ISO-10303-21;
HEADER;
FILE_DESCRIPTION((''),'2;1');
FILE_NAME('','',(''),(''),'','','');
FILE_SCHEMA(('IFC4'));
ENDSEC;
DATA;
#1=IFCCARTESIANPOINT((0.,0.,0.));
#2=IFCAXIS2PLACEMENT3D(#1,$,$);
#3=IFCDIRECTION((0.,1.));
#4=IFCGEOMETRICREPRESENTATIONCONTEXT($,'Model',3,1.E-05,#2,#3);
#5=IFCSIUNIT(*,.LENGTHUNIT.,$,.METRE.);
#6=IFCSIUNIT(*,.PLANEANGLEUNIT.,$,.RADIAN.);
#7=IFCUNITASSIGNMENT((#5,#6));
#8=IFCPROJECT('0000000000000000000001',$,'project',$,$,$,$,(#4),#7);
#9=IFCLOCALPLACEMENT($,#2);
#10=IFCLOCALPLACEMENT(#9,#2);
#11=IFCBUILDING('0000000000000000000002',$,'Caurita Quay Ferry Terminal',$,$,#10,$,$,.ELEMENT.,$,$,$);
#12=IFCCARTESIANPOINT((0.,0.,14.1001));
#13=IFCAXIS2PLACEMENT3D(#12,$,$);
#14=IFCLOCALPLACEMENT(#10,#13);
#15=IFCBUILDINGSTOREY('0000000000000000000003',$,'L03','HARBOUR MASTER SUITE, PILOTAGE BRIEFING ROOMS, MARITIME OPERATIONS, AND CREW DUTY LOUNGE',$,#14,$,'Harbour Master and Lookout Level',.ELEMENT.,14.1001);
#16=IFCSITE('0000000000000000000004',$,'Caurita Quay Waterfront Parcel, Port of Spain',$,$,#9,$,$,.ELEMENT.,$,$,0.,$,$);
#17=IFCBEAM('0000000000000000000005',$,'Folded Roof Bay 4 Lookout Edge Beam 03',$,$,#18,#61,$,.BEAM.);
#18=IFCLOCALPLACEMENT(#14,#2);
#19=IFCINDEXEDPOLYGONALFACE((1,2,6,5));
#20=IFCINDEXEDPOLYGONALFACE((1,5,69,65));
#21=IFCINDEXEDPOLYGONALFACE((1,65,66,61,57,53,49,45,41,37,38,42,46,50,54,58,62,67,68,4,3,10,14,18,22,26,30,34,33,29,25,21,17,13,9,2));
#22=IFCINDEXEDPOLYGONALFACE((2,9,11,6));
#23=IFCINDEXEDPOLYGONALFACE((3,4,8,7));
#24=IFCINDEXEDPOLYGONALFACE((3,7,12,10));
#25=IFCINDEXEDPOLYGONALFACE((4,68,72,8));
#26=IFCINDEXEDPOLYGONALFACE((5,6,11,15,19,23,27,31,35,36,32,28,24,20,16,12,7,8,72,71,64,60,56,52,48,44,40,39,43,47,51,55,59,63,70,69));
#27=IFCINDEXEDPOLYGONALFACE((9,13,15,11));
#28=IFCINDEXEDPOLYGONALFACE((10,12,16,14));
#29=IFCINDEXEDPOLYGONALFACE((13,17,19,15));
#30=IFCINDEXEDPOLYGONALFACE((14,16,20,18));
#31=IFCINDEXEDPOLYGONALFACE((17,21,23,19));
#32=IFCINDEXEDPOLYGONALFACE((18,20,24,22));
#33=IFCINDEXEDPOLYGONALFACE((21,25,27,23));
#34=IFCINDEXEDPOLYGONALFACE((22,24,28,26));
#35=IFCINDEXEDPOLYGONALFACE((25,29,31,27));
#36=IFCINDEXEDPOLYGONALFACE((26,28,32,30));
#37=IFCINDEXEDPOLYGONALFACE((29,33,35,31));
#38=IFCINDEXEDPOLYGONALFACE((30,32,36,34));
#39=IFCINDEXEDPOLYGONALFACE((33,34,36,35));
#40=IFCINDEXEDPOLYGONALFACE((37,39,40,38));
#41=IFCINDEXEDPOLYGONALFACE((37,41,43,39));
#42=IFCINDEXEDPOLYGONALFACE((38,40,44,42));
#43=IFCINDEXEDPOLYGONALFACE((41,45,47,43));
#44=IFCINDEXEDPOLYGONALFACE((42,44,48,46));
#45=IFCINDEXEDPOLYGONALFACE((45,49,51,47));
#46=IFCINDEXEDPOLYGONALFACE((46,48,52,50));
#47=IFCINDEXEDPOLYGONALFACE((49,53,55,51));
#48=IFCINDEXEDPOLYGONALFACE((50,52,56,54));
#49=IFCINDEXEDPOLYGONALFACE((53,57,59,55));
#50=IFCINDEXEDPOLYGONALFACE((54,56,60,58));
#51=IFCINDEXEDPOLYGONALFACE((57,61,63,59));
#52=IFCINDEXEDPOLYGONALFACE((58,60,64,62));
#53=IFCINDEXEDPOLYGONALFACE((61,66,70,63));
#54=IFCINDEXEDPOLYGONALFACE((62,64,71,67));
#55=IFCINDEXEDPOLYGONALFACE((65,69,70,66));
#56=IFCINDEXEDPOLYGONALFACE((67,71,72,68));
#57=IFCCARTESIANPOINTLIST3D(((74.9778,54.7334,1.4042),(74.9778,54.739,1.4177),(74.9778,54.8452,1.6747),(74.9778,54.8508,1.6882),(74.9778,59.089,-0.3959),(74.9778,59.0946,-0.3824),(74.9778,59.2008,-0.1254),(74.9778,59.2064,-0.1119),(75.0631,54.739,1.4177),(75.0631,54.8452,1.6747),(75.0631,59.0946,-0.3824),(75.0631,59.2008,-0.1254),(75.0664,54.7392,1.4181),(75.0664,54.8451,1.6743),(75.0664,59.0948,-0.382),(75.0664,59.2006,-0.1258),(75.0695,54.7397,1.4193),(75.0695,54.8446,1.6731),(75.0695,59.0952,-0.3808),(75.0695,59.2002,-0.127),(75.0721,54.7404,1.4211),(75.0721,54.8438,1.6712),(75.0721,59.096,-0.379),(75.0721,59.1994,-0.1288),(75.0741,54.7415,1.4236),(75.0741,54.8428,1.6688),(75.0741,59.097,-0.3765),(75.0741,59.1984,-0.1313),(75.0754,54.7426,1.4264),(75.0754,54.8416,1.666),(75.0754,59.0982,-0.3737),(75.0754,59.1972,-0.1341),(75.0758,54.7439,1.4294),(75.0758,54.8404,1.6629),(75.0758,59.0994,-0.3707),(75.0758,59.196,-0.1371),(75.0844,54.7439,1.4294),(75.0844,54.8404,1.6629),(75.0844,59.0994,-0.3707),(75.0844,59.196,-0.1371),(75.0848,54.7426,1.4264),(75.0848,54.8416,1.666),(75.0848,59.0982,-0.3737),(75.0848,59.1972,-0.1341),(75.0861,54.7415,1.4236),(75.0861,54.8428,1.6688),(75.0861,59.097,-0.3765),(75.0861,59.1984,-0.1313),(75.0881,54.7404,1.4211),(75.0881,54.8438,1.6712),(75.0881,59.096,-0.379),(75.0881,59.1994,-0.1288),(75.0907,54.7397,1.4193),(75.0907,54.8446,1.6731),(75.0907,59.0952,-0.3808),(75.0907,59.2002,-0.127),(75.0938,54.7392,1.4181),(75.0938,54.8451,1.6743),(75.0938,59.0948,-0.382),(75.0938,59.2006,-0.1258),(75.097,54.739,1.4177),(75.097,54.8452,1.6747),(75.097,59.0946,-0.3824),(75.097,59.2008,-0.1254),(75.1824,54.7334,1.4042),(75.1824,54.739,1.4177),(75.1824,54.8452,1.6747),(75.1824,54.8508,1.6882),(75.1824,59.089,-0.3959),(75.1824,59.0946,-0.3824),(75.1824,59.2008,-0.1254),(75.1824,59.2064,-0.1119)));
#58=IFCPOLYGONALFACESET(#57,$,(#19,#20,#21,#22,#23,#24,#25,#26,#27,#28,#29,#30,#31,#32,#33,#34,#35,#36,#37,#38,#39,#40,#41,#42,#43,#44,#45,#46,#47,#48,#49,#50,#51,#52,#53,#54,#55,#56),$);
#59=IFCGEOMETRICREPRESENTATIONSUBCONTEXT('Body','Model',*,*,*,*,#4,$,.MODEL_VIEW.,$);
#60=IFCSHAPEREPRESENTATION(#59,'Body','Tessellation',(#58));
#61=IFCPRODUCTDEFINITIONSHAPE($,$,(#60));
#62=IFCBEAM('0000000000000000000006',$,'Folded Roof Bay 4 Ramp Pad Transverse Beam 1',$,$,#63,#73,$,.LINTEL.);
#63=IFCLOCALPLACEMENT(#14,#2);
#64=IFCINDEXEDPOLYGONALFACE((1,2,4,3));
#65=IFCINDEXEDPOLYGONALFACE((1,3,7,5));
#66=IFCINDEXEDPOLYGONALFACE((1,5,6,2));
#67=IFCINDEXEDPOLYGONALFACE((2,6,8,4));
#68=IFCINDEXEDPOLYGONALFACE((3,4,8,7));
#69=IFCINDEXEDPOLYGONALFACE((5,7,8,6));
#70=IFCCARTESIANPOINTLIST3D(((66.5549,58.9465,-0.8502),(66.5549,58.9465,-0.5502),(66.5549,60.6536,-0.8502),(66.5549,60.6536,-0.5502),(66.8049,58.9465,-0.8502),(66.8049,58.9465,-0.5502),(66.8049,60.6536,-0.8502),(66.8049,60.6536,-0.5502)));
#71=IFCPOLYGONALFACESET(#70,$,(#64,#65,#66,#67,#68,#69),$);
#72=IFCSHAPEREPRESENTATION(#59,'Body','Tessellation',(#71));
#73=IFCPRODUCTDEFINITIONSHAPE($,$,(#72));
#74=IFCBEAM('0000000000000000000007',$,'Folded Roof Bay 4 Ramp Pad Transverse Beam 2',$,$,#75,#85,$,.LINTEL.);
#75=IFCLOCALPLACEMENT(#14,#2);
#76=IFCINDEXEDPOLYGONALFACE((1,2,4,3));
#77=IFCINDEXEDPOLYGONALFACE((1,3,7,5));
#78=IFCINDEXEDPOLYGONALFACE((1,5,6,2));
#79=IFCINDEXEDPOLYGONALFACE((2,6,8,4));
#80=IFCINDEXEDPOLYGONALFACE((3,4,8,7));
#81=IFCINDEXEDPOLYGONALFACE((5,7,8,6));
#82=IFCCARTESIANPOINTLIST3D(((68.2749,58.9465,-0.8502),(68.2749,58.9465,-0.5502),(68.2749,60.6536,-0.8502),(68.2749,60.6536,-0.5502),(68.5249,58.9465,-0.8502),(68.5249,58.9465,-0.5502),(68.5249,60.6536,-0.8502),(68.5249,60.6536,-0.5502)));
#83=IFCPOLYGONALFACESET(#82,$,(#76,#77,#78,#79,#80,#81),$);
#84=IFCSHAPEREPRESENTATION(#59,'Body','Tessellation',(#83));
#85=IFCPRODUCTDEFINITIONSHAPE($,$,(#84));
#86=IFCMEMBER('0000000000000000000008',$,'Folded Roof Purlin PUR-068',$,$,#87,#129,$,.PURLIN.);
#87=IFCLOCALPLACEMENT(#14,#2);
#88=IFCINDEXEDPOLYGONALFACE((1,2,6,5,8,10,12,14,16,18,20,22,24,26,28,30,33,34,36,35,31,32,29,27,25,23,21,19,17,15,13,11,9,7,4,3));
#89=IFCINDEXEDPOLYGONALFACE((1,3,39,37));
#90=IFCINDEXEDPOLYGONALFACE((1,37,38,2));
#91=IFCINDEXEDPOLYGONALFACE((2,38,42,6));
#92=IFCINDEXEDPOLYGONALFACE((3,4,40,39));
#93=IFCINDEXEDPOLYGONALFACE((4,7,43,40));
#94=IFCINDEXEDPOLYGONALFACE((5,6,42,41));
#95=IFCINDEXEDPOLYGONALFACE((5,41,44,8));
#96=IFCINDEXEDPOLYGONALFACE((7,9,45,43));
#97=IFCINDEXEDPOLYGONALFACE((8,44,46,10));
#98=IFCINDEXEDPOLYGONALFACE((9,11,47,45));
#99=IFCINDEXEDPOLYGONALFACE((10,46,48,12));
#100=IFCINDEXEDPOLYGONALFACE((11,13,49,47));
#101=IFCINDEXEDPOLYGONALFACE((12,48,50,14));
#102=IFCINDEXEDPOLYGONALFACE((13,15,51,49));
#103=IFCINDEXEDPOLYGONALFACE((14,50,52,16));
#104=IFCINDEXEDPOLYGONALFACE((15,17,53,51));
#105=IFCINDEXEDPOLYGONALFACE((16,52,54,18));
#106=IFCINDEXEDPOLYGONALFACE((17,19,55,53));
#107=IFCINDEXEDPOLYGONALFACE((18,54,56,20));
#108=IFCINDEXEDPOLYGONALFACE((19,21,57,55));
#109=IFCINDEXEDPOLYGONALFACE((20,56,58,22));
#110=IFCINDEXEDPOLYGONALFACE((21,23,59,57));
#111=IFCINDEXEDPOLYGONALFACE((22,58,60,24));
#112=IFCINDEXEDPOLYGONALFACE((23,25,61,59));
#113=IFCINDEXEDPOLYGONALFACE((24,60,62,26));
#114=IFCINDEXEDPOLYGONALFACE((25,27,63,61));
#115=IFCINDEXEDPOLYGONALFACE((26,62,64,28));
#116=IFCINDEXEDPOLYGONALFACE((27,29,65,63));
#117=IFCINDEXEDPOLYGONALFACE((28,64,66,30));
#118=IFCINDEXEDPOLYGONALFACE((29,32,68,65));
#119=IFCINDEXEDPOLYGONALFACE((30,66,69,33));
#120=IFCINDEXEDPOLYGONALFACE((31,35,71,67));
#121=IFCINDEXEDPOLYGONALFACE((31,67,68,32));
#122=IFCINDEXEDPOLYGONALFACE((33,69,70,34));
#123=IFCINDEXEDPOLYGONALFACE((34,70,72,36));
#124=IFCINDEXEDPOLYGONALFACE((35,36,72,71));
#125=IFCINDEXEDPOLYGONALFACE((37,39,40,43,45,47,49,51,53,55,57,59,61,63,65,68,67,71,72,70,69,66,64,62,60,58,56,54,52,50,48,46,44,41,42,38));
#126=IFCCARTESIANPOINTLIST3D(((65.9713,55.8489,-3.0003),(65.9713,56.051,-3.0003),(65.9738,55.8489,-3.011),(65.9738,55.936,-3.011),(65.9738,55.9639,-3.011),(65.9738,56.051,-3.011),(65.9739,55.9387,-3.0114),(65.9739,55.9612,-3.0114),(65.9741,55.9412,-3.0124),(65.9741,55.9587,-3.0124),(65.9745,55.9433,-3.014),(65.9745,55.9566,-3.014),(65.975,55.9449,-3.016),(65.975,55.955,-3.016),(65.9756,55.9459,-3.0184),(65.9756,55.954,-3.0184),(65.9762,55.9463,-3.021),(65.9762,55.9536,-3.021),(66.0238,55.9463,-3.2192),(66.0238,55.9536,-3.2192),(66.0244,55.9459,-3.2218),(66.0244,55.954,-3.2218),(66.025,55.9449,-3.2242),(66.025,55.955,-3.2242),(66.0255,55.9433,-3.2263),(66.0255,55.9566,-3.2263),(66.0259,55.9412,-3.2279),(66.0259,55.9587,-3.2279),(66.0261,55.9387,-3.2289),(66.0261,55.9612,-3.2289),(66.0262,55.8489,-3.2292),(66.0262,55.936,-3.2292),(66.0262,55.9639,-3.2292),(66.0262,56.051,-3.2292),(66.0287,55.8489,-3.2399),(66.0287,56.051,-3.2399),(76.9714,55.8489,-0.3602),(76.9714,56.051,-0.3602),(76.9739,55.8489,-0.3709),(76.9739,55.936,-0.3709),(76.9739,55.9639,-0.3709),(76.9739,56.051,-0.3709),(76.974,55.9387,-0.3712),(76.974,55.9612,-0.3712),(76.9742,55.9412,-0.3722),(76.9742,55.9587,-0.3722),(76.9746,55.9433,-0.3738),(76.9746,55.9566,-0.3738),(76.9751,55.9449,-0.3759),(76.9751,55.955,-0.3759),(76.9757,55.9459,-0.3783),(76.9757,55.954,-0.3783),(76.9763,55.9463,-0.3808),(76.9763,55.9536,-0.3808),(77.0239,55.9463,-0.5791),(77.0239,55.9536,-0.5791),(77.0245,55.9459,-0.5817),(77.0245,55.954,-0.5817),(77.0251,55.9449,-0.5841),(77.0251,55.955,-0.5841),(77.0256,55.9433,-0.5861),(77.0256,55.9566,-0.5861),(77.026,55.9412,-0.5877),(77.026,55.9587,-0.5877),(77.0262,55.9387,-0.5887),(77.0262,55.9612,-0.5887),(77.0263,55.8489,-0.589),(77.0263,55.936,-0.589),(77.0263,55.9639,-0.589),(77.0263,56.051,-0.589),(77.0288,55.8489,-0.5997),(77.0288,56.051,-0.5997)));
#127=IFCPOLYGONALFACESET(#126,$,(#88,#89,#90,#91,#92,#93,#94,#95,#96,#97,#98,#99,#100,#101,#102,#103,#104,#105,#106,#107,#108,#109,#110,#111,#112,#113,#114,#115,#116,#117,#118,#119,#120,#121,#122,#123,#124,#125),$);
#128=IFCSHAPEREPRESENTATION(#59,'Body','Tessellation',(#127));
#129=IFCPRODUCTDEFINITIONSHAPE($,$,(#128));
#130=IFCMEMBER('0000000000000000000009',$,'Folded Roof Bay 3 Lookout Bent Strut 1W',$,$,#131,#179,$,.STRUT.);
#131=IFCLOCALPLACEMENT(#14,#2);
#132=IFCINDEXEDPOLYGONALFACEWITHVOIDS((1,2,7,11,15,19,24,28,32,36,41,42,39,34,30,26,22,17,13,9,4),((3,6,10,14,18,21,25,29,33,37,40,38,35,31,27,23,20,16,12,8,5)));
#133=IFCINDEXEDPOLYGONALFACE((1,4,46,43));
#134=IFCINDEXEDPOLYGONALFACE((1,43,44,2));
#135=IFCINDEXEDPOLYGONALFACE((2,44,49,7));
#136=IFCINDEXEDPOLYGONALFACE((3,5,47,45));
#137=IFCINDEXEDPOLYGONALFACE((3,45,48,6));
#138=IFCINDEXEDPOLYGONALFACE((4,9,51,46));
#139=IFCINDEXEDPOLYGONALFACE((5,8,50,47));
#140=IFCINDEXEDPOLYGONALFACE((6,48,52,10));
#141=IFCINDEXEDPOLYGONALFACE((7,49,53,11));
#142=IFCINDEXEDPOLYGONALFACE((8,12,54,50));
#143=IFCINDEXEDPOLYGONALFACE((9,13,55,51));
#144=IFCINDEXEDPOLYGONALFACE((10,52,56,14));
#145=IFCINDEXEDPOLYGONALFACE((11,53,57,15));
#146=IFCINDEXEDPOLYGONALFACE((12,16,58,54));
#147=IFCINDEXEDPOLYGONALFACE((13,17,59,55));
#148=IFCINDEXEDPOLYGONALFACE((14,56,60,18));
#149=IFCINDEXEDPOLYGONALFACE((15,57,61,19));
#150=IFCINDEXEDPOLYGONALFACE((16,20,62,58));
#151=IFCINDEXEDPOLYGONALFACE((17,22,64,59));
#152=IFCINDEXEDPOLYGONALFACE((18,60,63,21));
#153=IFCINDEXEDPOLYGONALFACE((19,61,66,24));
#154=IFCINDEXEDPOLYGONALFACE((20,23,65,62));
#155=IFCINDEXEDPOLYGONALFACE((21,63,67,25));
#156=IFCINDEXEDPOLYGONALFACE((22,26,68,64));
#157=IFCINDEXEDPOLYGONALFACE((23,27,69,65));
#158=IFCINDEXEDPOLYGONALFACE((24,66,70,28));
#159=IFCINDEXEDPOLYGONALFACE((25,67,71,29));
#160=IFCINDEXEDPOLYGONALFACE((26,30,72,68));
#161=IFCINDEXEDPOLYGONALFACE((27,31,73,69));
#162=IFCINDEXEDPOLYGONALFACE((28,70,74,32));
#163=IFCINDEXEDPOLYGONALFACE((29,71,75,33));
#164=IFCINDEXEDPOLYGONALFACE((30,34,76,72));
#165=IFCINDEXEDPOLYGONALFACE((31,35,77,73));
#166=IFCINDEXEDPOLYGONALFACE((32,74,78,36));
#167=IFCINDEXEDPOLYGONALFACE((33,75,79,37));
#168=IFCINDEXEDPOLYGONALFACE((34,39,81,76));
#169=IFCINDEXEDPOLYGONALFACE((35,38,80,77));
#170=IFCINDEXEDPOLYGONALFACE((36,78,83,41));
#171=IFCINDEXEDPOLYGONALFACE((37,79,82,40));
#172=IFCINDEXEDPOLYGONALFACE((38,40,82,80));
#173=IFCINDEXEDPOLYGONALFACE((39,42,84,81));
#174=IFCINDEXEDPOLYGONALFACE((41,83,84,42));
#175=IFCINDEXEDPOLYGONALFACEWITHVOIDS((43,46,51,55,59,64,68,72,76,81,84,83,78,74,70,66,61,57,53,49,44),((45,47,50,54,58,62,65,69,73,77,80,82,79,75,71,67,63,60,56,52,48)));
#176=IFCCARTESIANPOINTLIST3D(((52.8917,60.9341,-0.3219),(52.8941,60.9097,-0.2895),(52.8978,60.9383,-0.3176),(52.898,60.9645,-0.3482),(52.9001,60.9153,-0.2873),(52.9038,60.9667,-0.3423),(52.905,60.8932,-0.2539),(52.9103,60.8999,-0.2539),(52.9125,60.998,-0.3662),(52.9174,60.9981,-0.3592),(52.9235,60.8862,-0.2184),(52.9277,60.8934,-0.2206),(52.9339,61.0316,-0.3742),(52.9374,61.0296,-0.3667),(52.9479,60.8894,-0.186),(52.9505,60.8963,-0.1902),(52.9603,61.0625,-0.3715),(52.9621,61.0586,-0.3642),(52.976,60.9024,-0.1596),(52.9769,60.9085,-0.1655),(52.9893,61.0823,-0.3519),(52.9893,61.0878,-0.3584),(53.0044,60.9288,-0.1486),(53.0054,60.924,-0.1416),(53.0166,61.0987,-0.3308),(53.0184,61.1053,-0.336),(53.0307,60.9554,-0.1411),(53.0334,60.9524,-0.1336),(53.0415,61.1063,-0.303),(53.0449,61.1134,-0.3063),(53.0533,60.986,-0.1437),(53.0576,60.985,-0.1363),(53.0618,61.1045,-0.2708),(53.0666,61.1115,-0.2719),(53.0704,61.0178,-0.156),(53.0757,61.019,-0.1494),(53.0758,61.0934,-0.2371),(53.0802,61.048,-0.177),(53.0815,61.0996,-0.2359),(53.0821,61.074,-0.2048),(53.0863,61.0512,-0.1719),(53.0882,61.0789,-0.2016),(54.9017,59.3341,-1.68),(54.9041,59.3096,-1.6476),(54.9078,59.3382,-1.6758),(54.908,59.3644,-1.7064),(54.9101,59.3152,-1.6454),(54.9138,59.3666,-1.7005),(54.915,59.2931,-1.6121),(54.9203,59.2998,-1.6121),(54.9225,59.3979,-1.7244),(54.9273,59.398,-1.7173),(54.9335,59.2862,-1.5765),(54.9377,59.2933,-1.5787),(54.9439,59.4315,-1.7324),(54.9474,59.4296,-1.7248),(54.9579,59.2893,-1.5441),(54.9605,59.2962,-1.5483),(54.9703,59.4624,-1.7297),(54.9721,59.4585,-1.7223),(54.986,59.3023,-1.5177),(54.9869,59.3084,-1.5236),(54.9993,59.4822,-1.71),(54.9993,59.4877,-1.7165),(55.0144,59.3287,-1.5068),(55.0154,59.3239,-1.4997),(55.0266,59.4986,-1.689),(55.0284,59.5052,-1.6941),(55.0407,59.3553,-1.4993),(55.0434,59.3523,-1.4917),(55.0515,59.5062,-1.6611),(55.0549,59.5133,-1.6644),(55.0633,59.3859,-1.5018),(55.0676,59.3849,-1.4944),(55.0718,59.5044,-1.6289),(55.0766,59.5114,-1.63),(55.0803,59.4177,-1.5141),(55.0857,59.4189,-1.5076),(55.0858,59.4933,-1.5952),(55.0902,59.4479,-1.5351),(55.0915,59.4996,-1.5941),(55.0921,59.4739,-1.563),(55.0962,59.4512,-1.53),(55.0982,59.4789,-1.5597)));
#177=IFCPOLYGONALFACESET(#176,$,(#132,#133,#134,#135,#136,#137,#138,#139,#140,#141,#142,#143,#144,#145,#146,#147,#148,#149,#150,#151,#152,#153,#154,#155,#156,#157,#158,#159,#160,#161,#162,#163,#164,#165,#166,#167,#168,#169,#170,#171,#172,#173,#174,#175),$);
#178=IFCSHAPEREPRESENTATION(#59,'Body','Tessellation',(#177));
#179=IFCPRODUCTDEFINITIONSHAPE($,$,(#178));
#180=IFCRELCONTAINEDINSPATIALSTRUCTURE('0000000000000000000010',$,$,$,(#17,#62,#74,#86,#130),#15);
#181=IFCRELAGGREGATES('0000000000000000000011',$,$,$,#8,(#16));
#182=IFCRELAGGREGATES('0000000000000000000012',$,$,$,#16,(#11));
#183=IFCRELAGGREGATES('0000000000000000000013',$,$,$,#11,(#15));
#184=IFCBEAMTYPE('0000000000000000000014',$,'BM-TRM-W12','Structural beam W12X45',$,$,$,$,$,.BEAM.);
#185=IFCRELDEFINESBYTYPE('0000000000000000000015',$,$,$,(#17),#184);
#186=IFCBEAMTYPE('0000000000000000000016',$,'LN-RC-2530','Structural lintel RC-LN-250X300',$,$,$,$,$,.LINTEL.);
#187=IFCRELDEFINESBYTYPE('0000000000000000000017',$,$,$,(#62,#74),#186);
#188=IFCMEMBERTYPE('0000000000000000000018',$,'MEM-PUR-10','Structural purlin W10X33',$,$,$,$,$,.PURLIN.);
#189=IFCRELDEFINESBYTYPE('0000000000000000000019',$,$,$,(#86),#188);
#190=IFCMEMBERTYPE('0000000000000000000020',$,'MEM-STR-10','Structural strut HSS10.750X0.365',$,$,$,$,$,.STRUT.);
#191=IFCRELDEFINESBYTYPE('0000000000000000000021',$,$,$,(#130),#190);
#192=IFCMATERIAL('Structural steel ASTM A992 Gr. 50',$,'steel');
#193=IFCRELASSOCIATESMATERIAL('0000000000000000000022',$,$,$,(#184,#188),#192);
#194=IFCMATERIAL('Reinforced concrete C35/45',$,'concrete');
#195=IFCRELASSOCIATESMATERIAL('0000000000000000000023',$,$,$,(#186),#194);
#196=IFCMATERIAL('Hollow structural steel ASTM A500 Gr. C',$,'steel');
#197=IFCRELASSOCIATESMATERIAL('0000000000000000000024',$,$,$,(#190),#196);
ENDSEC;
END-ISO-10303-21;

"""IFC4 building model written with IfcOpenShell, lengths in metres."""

from ifc_helpers import new_model, si_unit, direction, frame, origin, origin_2d, place, context, subcontext, project, spatial, rectangle, hollow_circle, i_section, extrude, material, material_profile, profile_set, type_object, element, save


model = new_model("IFC4")

# Units and contexts
model_context = context("Model", 3, precision=1e-05, world=origin(), true_north=direction((0.0, 1.0)))
body_context = subcontext(model_context, "Body", "Model", "MODEL_VIEW")
ifc_project = project(units=[si_unit("LENGTHUNIT", "METRE"), si_unit("PLANEANGLEUNIT", "RADIAN")], contexts=[model_context])

# Site, building, storey
site_placement = place(None, origin())
site = spatial("IfcSite", under=ifc_project, at=site_placement, Name="Caurita Quay Waterfront Parcel, Port of Spain", CompositionType="ELEMENT", RefElevation=0.0)
building_placement = place(site_placement, origin())
building = spatial("IfcBuilding", under=site, at=building_placement, Name="Caurita Quay Ferry Terminal", CompositionType="ELEMENT")
storey_placement = place(building_placement, frame((0.0, 0.0, 14.1001)))
storey = spatial("IfcBuildingStorey", under=building, at=storey_placement, Name="L03", Description="HARBOUR MASTER SUITE, PILOTAGE BRIEFING ROOMS, MARITIME OPERATIONS, AND CREW DUTY LOUNGE", LongName="Harbour Master and Lookout Level", CompositionType="ELEMENT", Elevation=14.1001)

# Beams
ifc_material_1 = material(Name="Structural steel ASTM A992 Gr. 50", Category="steel")
ifc_material_profile_1 = material_profile(ifc_material_1, i_section(OverallWidth=0.2046, OverallDepth=0.3074, WebThickness=0.0085, FlangeThickness=0.0146, FilletRadius=0.0127, at=origin_2d()), Name="W12X45")
ifc_profile_set_1 = profile_set([ifc_material_profile_1], Name="Structural steel ASTM A992 Gr. 50")
beam_type_1 = type_object("IfcBeamType", Name="BM-TRM-W12", Description="Structural beam W12X45", PredefinedType="BEAM", material=ifc_profile_set_1)
beam_1_placement = place(storey_placement, frame((75.0801, 59.1477, -0.2539), z_axis=(0.0, -0.924183, 0.381951), x_axis=(1.0, 0.0, 0.0)))
element("IfcBeam", 1, at=beam_1_placement, inside=storey, type_object=beam_type_1, Name="Folded Roof Bay 4 Lookout Edge Beam 03", PredefinedType="BEAM", context=body_context, shape_type="SweptSolid", body=[
    extrude(i_section(OverallWidth=0.2046, OverallDepth=0.3074, WebThickness=0.0085, FlangeThickness=0.0146, FilletRadius=0.0127, at=origin_2d()), origin(), (0.0, 0.0, 1.0), 4.7129),
])
ifc_material_2 = material(Name="Reinforced concrete C35/45", Category="concrete")
ifc_material_profile_2 = material_profile(ifc_material_2, rectangle(XDim=0.25, YDim=0.3, at=origin_2d()), Name="RC-LN-250X300")
ifc_profile_set_2 = profile_set([ifc_material_profile_2], Name="Reinforced concrete C35/45")
beam_type_2 = type_object("IfcBeamType", Name="LN-RC-2530", Description="Structural lintel RC-LN-250X300", PredefinedType="LINTEL", material=ifc_profile_set_2)
for number, where, z_axis, x_axis, name in (
    (2, (66.6799, 58.9465, -0.7002), (0.0, 1.0, 0.0), (-1.0, 0.0, 0.0), "Folded Roof Bay 4 Ramp Pad Transverse Beam 1"),
    (3, (68.3999, 58.9465, -0.7002), (0.0, 1.0, 0.0), (-1.0, 0.0, 0.0), "Folded Roof Bay 4 Ramp Pad Transverse Beam 2"),
):
    element("IfcBeam", number, at=place(storey_placement, frame(where, z_axis=z_axis, x_axis=x_axis)), inside=storey, type_object=beam_type_2, Name=name, PredefinedType="LINTEL", context=body_context, shape_type="SweptSolid", body=[
        extrude(rectangle(XDim=0.25, YDim=0.3, at=origin_2d()), origin(), (0.0, 0.0, 1.0), 1.707),
    ])

# Members
ifc_material_profile_3 = material_profile(ifc_material_1, i_section(OverallWidth=0.2021, OverallDepth=0.2463, WebThickness=0.0073, FlangeThickness=0.011, FilletRadius=0.0103, at=origin_2d()), Name="W10X33")
ifc_profile_set_3 = profile_set([ifc_material_profile_3], Name="Structural steel ASTM A992 Gr. 50")
member_type_1 = type_object("IfcMemberType", Name="MEM-PUR-10", Description="Structural purlin W10X33", PredefinedType="PURLIN", material=ifc_profile_set_3)
member_1_placement = place(storey_placement, frame((66.0, 55.95, -3.1201), z_axis=(0.972385, 0.0, 0.233384), x_axis=(0.0, 1.0, 0.0)))
element("IfcMember", 4, at=member_1_placement, inside=storey, type_object=member_type_1, Name="Folded Roof Purlin PUR-068", PredefinedType="PURLIN", context=body_context, shape_type="SweptSolid", body=[
    extrude(i_section(OverallWidth=0.2021, OverallDepth=0.2463, WebThickness=0.0073, FlangeThickness=0.011, FilletRadius=0.0103, at=origin_2d()), origin(), (0.0, 0.0, 1.0), 11.3125),
])
ifc_material_3 = material(Name="Hollow structural steel ASTM A500 Gr. C", Category="steel")
ifc_material_profile_4 = material_profile(ifc_material_3, hollow_circle(Radius=0.1365, WallThickness=0.0085, at=origin_2d()), Name="HSS10.750X0.365")
ifc_profile_set_4 = profile_set([ifc_material_profile_4], Name="Hollow structural steel ASTM A500 Gr. C")
member_type_2 = type_object("IfcMemberType", Name="MEM-STR-10", Description="Structural strut HSS10.750X0.365", PredefinedType="STRUT", material=ifc_profile_set_4)
for number, where, z_axis, x_axis, name in (
    (5, (55.0, 59.3999, -1.6121), (-0.691668, 0.550612, 0.467357), (-0.622816, -0.782368, 0.0), "Folded Roof Bay 3 Lookout Bent Strut 1W"),
):
    element("IfcMember", number, at=place(storey_placement, frame(where, z_axis=z_axis, x_axis=x_axis)), inside=storey, type_object=member_type_2, Name=name, PredefinedType="STRUT", context=body_context, shape_type="SweptSolid", body=[
        extrude(hollow_circle(Radius=0.1365, WallThickness=0.0085, at=origin_2d()), origin(), (0.0, 0.0, 1.0), 2.906),
    ])

save(model, "model.ifc")
